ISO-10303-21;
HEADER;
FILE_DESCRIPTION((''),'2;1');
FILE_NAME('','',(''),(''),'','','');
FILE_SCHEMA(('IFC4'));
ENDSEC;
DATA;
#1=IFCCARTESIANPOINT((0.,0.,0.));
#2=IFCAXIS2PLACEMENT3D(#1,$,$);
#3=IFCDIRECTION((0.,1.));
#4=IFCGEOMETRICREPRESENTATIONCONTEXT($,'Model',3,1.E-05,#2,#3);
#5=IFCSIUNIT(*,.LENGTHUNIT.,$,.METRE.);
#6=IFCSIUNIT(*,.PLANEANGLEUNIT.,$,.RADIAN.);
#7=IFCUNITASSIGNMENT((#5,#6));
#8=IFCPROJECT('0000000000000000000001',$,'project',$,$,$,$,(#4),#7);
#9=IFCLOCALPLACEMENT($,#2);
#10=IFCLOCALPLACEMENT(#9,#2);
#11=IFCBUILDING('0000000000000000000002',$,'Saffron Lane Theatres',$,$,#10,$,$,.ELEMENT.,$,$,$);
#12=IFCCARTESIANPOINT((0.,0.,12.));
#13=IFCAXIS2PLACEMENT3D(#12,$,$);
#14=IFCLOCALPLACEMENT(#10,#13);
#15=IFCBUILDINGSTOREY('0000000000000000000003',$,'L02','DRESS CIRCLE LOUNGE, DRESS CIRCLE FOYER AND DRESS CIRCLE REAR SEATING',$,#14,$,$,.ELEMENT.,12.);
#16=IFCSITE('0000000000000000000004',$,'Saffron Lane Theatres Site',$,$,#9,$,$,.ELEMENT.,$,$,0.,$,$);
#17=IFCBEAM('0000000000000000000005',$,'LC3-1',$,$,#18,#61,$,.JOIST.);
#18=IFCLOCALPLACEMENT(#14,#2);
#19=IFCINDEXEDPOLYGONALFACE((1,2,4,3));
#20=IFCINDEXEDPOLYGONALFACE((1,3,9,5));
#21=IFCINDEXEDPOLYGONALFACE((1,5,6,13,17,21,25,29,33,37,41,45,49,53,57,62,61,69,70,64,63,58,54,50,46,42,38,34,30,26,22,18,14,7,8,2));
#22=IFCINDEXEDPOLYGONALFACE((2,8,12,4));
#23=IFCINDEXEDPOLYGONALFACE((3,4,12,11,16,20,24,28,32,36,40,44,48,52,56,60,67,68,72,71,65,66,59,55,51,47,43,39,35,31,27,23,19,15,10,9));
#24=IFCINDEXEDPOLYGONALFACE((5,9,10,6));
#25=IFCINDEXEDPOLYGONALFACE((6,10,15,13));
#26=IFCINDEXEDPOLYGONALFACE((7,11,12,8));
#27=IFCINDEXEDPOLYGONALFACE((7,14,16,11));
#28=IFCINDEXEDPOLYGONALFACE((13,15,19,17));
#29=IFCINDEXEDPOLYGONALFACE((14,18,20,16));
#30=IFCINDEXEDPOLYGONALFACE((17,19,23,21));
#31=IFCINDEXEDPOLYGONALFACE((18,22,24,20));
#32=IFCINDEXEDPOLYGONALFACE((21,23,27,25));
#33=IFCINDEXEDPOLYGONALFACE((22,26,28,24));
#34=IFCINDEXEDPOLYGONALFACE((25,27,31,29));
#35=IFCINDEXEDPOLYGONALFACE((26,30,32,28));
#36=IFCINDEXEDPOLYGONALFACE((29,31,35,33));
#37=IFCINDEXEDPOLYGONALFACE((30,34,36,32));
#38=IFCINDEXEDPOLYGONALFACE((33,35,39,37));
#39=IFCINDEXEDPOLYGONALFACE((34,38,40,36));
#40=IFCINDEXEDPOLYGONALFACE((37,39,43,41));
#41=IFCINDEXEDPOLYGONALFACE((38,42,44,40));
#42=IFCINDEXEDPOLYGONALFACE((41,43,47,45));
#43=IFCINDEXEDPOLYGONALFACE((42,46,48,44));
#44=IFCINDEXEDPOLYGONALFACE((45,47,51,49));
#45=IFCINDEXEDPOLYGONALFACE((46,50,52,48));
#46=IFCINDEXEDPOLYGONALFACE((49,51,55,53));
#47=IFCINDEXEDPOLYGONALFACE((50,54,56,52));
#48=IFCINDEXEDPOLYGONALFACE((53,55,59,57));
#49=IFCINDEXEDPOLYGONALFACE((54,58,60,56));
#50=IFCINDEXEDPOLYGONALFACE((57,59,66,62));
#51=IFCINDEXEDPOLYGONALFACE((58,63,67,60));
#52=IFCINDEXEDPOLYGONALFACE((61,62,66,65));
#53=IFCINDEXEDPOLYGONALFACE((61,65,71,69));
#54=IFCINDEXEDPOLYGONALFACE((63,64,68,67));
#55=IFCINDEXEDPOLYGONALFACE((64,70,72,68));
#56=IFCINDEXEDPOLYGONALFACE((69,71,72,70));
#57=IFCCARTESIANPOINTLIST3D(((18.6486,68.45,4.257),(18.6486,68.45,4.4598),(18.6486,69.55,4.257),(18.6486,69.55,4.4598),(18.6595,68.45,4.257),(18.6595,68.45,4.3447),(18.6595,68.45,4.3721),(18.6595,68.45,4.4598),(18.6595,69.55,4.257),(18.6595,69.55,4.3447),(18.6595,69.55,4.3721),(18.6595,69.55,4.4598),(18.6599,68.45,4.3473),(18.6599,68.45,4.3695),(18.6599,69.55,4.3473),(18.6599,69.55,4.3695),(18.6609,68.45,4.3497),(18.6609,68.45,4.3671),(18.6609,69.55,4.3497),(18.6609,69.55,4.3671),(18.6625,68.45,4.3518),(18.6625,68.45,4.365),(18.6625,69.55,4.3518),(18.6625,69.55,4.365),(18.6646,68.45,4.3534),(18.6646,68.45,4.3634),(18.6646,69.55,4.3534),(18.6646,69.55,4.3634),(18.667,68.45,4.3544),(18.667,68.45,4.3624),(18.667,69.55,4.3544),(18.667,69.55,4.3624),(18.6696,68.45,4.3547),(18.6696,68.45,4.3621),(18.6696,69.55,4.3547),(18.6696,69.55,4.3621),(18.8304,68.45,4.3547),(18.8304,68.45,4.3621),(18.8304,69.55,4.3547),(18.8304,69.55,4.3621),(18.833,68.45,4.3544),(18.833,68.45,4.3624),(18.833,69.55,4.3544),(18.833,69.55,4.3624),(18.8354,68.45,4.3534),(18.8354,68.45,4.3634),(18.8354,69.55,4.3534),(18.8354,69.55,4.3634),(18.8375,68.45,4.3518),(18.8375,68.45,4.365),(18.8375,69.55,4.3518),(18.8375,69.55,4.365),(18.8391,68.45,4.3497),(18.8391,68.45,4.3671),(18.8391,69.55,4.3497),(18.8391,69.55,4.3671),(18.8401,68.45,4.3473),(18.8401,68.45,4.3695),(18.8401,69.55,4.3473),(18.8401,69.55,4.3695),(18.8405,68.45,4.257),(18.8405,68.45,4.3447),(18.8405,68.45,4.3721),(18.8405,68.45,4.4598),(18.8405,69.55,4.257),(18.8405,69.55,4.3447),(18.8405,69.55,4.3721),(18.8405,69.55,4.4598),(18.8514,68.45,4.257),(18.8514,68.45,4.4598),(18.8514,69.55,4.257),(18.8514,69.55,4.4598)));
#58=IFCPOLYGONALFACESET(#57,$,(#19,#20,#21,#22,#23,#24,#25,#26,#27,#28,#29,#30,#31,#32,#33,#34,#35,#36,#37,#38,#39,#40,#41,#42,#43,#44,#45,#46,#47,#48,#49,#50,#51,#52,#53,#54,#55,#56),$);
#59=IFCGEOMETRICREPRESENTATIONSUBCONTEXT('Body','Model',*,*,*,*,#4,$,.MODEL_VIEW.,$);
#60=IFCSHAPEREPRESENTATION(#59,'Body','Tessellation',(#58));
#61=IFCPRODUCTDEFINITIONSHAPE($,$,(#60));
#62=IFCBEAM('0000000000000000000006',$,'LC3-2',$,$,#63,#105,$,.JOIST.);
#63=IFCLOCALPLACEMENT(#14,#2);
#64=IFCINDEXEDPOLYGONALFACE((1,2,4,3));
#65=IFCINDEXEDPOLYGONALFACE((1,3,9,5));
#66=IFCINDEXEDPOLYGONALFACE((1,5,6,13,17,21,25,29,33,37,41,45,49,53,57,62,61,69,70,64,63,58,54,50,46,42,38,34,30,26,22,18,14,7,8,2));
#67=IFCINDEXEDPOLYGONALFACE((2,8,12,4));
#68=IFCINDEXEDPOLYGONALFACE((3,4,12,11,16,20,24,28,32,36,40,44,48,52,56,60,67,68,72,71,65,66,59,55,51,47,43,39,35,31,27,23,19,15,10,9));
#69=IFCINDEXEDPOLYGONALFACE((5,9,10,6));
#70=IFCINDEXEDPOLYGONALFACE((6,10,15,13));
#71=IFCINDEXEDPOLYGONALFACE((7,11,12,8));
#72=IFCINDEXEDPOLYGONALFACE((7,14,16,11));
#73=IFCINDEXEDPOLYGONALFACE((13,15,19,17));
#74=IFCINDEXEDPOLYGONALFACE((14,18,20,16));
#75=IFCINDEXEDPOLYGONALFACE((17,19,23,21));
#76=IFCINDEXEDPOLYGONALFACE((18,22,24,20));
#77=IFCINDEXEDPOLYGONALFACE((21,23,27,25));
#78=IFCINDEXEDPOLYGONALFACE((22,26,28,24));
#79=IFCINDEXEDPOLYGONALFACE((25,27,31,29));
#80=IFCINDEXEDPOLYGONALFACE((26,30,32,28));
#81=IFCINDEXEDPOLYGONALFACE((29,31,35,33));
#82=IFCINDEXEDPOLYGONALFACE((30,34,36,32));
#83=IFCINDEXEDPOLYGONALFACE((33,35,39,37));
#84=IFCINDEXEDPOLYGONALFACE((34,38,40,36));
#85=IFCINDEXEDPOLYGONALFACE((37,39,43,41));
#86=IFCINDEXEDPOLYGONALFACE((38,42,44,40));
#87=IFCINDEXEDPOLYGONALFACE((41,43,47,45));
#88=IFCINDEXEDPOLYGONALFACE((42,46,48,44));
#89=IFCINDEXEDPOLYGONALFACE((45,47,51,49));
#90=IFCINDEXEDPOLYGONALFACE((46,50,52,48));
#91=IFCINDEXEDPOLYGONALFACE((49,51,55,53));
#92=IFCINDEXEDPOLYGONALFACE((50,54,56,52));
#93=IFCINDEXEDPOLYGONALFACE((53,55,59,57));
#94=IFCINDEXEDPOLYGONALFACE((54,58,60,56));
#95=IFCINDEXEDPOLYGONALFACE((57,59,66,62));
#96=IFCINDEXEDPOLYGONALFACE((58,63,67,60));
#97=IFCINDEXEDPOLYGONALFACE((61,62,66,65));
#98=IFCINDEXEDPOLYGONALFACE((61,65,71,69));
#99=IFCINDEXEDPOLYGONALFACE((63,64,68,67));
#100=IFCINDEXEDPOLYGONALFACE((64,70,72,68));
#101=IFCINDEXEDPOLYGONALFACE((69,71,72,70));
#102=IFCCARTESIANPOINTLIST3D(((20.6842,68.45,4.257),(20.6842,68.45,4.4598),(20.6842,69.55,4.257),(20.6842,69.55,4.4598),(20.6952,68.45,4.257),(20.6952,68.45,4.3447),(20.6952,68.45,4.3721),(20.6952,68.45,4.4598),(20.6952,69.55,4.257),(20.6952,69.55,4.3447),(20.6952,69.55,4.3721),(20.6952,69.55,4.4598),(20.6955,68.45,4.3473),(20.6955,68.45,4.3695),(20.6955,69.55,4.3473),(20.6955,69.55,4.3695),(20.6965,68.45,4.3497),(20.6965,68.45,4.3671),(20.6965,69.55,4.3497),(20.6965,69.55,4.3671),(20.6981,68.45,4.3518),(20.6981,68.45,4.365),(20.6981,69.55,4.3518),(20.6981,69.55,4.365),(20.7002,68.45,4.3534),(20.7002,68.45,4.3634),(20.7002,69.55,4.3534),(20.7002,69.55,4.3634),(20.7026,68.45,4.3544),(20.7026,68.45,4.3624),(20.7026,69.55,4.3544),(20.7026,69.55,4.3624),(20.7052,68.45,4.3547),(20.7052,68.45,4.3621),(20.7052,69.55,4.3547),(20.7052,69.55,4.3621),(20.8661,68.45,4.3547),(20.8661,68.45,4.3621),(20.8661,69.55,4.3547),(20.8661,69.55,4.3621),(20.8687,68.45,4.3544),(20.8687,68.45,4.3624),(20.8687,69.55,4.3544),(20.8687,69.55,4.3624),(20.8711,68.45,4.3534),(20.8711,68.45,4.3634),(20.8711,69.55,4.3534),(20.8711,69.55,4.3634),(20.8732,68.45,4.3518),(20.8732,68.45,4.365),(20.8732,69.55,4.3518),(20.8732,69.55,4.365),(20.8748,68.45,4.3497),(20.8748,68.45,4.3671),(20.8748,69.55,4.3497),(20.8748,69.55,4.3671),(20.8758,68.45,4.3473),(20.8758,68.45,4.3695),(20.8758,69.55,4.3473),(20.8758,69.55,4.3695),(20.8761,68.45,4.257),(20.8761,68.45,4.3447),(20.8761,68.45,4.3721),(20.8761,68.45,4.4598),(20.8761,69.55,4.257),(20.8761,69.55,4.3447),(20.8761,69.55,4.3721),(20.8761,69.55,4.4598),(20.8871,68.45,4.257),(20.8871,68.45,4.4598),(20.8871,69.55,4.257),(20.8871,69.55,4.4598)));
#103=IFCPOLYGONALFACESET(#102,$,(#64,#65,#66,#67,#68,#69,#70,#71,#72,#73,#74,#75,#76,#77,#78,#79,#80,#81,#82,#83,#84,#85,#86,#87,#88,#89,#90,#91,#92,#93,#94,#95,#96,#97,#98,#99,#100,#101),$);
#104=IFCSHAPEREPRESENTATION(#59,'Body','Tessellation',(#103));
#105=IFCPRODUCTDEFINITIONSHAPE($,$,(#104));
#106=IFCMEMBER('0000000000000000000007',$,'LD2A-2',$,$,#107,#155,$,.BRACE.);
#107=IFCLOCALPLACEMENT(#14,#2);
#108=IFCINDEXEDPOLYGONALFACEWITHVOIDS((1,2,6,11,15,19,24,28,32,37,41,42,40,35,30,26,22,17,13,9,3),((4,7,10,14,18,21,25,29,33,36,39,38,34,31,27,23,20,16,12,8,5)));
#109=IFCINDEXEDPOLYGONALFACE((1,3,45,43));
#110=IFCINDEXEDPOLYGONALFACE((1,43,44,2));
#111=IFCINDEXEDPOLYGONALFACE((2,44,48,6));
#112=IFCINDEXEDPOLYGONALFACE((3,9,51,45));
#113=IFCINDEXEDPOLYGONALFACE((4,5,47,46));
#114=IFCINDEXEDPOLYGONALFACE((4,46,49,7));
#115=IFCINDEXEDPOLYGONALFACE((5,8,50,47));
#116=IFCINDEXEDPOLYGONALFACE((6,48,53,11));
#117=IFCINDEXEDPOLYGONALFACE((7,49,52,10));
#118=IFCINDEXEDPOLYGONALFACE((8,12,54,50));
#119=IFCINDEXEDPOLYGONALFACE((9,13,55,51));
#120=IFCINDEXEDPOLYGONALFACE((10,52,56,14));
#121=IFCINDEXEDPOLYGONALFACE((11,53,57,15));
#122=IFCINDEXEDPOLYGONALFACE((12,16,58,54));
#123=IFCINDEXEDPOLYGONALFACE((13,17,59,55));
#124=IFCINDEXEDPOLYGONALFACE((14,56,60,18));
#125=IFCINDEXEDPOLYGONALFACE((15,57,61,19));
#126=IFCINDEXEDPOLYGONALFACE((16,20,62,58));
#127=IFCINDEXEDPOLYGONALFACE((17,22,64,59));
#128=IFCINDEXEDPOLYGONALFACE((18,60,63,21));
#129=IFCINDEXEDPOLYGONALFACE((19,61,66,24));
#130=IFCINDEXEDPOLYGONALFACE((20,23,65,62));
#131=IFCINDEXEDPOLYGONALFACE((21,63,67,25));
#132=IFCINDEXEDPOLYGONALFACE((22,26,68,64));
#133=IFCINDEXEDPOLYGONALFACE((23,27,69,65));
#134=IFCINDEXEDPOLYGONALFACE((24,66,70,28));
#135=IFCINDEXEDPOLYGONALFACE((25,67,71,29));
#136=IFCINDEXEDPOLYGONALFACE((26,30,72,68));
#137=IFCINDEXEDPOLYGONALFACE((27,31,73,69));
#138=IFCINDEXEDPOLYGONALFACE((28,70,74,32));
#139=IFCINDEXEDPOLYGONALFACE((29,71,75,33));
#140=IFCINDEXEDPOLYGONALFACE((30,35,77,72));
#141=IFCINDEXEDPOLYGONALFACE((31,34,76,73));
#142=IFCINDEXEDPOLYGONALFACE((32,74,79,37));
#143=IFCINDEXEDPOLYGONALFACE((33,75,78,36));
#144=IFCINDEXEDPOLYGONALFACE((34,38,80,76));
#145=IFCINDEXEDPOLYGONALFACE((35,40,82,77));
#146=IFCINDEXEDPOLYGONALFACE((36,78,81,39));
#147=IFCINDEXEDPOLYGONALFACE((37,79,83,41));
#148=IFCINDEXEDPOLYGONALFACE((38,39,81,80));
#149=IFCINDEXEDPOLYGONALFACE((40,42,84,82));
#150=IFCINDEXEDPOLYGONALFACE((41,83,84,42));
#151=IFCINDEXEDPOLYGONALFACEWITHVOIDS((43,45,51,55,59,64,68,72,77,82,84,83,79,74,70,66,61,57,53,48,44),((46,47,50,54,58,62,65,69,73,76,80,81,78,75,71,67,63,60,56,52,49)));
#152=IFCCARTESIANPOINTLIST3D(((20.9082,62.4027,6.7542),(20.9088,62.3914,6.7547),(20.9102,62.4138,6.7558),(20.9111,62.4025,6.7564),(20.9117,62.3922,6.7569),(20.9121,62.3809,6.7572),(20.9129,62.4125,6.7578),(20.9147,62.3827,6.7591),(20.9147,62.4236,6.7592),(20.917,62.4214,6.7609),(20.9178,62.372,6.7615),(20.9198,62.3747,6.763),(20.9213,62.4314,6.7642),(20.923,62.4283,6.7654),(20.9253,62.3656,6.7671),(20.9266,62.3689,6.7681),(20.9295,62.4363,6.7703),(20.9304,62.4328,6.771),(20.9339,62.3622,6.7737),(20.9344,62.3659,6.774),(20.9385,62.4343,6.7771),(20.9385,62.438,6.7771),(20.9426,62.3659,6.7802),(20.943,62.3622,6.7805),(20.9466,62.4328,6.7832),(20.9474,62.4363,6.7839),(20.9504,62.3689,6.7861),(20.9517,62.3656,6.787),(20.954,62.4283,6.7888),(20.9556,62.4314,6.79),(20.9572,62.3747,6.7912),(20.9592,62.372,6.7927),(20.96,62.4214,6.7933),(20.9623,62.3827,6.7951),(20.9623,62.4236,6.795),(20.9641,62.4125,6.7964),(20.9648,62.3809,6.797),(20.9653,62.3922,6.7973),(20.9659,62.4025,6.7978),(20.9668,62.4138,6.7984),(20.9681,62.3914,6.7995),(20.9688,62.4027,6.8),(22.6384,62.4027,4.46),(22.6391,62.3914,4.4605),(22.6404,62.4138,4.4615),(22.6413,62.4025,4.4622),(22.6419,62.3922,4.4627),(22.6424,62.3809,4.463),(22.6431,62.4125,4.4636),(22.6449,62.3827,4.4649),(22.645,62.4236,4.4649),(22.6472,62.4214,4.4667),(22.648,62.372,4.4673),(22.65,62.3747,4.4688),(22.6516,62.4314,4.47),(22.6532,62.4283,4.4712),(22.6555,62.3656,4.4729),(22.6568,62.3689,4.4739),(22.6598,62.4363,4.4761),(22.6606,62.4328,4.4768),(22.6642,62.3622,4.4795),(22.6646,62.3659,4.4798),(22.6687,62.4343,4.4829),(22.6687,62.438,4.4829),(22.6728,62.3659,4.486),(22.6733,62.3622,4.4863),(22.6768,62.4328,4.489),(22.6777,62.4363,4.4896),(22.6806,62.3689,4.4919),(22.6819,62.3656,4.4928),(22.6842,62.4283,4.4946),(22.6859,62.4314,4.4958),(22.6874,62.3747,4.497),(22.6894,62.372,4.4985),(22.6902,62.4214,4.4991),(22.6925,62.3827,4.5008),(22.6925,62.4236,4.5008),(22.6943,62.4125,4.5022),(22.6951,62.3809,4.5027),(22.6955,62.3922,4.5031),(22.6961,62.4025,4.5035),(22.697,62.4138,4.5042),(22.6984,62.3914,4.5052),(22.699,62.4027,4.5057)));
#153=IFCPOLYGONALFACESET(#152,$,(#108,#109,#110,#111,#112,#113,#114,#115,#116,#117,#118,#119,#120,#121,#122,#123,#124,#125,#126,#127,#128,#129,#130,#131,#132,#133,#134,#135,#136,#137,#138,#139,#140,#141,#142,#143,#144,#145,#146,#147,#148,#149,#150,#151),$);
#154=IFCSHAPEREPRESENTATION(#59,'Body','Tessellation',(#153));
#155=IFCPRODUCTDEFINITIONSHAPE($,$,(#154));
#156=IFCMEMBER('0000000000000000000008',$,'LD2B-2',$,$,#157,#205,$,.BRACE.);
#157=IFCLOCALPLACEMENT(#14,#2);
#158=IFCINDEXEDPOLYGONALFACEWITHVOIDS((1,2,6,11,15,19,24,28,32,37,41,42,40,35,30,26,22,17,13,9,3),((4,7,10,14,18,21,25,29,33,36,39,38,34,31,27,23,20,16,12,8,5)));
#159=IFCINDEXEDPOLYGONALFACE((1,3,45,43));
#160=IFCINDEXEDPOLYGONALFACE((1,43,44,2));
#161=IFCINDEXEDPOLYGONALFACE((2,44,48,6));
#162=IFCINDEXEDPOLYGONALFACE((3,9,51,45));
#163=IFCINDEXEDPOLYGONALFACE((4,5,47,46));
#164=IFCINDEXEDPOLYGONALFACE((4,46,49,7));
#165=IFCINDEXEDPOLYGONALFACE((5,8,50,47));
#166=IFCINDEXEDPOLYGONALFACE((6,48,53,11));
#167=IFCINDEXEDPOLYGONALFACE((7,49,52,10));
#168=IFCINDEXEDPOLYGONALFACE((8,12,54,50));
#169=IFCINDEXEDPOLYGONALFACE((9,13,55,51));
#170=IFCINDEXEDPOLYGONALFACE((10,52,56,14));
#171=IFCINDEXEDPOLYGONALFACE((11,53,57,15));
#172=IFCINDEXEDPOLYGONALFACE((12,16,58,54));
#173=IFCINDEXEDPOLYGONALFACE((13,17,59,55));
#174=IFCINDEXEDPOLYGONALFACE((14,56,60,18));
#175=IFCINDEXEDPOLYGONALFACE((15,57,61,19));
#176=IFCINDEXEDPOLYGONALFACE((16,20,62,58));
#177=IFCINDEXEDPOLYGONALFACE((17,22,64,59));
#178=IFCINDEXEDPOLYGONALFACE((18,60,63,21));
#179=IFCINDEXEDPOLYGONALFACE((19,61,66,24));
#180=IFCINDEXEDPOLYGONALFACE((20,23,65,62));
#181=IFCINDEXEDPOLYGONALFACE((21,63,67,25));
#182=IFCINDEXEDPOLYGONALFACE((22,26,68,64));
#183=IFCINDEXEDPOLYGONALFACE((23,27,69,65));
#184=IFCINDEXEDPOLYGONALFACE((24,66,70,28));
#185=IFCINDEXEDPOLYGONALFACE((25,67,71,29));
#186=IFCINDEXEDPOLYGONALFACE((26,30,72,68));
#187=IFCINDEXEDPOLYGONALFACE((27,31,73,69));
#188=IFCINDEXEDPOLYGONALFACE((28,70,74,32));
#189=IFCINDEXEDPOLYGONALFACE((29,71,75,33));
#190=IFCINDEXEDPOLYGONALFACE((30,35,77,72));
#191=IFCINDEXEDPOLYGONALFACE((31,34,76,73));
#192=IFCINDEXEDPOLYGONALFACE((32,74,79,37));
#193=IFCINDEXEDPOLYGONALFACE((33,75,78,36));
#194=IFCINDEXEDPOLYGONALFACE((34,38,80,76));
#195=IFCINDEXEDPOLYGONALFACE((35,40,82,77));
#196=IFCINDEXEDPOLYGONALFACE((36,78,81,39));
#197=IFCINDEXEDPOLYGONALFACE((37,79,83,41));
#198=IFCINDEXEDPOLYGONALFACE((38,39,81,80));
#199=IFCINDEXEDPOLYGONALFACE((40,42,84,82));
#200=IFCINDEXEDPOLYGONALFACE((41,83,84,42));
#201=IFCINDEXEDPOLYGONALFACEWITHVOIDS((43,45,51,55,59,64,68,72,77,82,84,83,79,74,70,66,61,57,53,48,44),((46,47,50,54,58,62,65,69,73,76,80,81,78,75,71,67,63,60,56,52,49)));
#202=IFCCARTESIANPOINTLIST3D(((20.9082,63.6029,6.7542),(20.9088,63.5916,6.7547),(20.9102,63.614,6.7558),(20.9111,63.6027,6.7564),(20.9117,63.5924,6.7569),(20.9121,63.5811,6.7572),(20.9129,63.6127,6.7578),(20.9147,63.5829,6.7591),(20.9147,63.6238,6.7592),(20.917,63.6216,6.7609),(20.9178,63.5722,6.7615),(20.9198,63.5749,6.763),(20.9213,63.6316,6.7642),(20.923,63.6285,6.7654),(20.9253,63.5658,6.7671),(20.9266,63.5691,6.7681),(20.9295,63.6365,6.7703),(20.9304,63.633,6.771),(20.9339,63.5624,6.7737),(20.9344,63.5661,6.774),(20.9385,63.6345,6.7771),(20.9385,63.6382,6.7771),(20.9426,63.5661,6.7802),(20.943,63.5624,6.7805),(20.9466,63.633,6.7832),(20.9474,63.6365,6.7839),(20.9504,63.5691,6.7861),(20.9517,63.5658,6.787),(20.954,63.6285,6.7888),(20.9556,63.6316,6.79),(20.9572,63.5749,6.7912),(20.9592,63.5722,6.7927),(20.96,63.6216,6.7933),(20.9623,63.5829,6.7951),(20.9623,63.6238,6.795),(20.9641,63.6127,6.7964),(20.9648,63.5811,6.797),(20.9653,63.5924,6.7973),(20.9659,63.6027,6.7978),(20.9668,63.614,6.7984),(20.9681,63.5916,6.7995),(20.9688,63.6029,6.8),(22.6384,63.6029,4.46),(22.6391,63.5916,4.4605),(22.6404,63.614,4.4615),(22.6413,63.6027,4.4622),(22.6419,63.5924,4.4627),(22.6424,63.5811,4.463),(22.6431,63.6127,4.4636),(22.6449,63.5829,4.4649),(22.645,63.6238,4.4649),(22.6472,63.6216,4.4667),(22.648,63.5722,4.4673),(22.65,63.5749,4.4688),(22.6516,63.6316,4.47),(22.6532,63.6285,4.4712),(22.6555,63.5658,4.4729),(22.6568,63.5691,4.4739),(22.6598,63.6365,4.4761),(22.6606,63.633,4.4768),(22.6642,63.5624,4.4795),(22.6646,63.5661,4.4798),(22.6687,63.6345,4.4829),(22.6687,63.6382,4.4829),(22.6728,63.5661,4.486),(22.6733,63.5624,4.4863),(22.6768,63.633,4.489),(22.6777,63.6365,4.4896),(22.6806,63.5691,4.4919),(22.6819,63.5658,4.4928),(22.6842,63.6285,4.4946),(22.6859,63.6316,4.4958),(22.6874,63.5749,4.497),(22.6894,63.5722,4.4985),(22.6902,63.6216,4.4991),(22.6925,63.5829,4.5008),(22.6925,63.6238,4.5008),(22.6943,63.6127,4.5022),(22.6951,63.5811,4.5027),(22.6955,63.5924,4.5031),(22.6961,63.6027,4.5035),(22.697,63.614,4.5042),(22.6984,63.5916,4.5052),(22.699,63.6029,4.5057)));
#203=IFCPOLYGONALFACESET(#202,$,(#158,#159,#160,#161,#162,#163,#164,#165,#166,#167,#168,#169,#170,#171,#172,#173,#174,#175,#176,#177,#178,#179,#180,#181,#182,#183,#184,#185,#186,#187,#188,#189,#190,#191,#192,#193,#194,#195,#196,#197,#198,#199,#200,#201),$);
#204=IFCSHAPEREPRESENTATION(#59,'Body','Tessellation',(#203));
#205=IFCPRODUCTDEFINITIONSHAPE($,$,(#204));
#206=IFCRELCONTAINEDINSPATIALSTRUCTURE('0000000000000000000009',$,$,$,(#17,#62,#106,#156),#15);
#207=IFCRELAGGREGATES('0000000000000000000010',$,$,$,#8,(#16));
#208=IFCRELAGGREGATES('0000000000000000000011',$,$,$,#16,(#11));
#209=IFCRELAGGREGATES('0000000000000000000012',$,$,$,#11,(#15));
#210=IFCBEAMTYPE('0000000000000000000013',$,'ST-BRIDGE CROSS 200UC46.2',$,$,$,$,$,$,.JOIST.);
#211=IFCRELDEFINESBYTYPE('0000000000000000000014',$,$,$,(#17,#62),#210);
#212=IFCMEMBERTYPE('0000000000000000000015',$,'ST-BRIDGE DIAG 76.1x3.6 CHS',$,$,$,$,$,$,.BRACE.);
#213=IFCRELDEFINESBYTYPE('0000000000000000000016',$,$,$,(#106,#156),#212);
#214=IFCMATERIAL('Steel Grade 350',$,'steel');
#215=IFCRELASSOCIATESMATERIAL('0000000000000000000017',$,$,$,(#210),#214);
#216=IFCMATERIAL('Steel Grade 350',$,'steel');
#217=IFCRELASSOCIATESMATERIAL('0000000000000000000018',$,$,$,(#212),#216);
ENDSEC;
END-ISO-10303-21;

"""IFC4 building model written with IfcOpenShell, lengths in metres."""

from ifc_helpers import new_model, si_unit, direction, frame, origin, origin_2d, place, context, subcontext, project, spatial, hollow_circle, i_section, extrude, material, material_profile, profile_set, type_object, element, save


model = new_model("IFC4")

# Units and contexts
model_context = context("Model", 3, precision=1e-05, world=origin(), true_north=direction((0.0, 1.0)))
body_context = subcontext(model_context, "Body", "Model", "MODEL_VIEW")
ifc_project = project(units=[si_unit("LENGTHUNIT", "METRE"), si_unit("PLANEANGLEUNIT", "RADIAN")], contexts=[model_context])

# Site, building, storey
site_placement = place(None, origin())
site = spatial("IfcSite", under=ifc_project, at=site_placement, Name="Saffron Lane Theatres Site", CompositionType="ELEMENT", RefElevation=0.0)
building_placement = place(site_placement, origin())
building = spatial("IfcBuilding", under=site, at=building_placement, Name="Saffron Lane Theatres", CompositionType="ELEMENT")
storey_placement = place(building_placement, frame((0.0, 0.0, 12.0)))
storey = spatial("IfcBuildingStorey", under=building, at=storey_placement, Name="L02", Description="DRESS CIRCLE LOUNGE, DRESS CIRCLE FOYER AND DRESS CIRCLE REAR SEATING", CompositionType="ELEMENT", Elevation=12.0)

# Beams
ifc_material_1 = material(Name="Steel Grade 350", Category="steel")
ifc_material_profile_1 = material_profile(ifc_material_1, i_section(OverallWidth=0.2029, OverallDepth=0.2029, WebThickness=0.0073, FlangeThickness=0.011, FilletRadius=0.01, at=origin_2d()))
ifc_profile_set_1 = profile_set([ifc_material_profile_1], Name="Steel Grade 350")
beam_type_1 = type_object("IfcBeamType", Name="ST-BRIDGE CROSS 200UC46.2", PredefinedType="JOIST", material=ifc_profile_set_1)
for number, where, z_axis, x_axis, name in (
    (1, (18.75, 68.45, 4.3584), (0.0, 1.0, 0.0), (0.0, 0.0, 1.0), "LC3-1"),
    (2, (20.7856, 68.45, 4.3584), (0.0, 1.0, 0.0), (0.0, 0.0, 1.0), "LC3-2"),
):
    element("IfcBeam", number, at=place(storey_placement, frame(where, z_axis=z_axis, x_axis=x_axis)), inside=storey, type_object=beam_type_1, Name=name, PredefinedType="JOIST", context=body_context, shape_type="SweptSolid", body=[
        extrude(i_section(OverallWidth=0.2029, OverallDepth=0.2029, WebThickness=0.0073, FlangeThickness=0.011, FilletRadius=0.01, at=origin_2d()), origin(), (0.0, 0.0, 1.0), 1.1001),
    ])

# Members
ifc_material_2 = material(Name="Steel Grade 350", Category="steel")
ifc_material_profile_2 = material_profile(ifc_material_2, hollow_circle(Radius=0.0381, WallThickness=0.0037, at=origin_2d()))
ifc_profile_set_2 = profile_set([ifc_material_profile_2], Name="Steel Grade 350")
member_type = type_object("IfcMemberType", Name="ST-BRIDGE DIAG 76.1x3.6 CHS", PredefinedType="BRACE", material=ifc_profile_set_2)
for number, where, z_axis, x_axis, name in (
    (3, (20.9385, 62.3999, 6.7771), (0.602132, 0.0, -0.798396), (0.0, 1.0, 0.0), "LD2A-2"),
    (4, (20.9385, 63.6001, 6.7771), (0.602132, 0.0, -0.798396), (0.0, 1.0, 0.0), "LD2B-2"),
):
    element("IfcMember", number, at=place(storey_placement, frame(where, z_axis=z_axis, x_axis=x_axis)), inside=storey, type_object=member_type, Name=name, PredefinedType="BRACE", context=body_context, shape_type="SweptSolid", body=[
        extrude(hollow_circle(Radius=0.0381, WallThickness=0.0037, at=origin_2d()), origin(), (0.0, 0.0, 1.0), 2.8735),
    ])

save(model, "model.ifc")
